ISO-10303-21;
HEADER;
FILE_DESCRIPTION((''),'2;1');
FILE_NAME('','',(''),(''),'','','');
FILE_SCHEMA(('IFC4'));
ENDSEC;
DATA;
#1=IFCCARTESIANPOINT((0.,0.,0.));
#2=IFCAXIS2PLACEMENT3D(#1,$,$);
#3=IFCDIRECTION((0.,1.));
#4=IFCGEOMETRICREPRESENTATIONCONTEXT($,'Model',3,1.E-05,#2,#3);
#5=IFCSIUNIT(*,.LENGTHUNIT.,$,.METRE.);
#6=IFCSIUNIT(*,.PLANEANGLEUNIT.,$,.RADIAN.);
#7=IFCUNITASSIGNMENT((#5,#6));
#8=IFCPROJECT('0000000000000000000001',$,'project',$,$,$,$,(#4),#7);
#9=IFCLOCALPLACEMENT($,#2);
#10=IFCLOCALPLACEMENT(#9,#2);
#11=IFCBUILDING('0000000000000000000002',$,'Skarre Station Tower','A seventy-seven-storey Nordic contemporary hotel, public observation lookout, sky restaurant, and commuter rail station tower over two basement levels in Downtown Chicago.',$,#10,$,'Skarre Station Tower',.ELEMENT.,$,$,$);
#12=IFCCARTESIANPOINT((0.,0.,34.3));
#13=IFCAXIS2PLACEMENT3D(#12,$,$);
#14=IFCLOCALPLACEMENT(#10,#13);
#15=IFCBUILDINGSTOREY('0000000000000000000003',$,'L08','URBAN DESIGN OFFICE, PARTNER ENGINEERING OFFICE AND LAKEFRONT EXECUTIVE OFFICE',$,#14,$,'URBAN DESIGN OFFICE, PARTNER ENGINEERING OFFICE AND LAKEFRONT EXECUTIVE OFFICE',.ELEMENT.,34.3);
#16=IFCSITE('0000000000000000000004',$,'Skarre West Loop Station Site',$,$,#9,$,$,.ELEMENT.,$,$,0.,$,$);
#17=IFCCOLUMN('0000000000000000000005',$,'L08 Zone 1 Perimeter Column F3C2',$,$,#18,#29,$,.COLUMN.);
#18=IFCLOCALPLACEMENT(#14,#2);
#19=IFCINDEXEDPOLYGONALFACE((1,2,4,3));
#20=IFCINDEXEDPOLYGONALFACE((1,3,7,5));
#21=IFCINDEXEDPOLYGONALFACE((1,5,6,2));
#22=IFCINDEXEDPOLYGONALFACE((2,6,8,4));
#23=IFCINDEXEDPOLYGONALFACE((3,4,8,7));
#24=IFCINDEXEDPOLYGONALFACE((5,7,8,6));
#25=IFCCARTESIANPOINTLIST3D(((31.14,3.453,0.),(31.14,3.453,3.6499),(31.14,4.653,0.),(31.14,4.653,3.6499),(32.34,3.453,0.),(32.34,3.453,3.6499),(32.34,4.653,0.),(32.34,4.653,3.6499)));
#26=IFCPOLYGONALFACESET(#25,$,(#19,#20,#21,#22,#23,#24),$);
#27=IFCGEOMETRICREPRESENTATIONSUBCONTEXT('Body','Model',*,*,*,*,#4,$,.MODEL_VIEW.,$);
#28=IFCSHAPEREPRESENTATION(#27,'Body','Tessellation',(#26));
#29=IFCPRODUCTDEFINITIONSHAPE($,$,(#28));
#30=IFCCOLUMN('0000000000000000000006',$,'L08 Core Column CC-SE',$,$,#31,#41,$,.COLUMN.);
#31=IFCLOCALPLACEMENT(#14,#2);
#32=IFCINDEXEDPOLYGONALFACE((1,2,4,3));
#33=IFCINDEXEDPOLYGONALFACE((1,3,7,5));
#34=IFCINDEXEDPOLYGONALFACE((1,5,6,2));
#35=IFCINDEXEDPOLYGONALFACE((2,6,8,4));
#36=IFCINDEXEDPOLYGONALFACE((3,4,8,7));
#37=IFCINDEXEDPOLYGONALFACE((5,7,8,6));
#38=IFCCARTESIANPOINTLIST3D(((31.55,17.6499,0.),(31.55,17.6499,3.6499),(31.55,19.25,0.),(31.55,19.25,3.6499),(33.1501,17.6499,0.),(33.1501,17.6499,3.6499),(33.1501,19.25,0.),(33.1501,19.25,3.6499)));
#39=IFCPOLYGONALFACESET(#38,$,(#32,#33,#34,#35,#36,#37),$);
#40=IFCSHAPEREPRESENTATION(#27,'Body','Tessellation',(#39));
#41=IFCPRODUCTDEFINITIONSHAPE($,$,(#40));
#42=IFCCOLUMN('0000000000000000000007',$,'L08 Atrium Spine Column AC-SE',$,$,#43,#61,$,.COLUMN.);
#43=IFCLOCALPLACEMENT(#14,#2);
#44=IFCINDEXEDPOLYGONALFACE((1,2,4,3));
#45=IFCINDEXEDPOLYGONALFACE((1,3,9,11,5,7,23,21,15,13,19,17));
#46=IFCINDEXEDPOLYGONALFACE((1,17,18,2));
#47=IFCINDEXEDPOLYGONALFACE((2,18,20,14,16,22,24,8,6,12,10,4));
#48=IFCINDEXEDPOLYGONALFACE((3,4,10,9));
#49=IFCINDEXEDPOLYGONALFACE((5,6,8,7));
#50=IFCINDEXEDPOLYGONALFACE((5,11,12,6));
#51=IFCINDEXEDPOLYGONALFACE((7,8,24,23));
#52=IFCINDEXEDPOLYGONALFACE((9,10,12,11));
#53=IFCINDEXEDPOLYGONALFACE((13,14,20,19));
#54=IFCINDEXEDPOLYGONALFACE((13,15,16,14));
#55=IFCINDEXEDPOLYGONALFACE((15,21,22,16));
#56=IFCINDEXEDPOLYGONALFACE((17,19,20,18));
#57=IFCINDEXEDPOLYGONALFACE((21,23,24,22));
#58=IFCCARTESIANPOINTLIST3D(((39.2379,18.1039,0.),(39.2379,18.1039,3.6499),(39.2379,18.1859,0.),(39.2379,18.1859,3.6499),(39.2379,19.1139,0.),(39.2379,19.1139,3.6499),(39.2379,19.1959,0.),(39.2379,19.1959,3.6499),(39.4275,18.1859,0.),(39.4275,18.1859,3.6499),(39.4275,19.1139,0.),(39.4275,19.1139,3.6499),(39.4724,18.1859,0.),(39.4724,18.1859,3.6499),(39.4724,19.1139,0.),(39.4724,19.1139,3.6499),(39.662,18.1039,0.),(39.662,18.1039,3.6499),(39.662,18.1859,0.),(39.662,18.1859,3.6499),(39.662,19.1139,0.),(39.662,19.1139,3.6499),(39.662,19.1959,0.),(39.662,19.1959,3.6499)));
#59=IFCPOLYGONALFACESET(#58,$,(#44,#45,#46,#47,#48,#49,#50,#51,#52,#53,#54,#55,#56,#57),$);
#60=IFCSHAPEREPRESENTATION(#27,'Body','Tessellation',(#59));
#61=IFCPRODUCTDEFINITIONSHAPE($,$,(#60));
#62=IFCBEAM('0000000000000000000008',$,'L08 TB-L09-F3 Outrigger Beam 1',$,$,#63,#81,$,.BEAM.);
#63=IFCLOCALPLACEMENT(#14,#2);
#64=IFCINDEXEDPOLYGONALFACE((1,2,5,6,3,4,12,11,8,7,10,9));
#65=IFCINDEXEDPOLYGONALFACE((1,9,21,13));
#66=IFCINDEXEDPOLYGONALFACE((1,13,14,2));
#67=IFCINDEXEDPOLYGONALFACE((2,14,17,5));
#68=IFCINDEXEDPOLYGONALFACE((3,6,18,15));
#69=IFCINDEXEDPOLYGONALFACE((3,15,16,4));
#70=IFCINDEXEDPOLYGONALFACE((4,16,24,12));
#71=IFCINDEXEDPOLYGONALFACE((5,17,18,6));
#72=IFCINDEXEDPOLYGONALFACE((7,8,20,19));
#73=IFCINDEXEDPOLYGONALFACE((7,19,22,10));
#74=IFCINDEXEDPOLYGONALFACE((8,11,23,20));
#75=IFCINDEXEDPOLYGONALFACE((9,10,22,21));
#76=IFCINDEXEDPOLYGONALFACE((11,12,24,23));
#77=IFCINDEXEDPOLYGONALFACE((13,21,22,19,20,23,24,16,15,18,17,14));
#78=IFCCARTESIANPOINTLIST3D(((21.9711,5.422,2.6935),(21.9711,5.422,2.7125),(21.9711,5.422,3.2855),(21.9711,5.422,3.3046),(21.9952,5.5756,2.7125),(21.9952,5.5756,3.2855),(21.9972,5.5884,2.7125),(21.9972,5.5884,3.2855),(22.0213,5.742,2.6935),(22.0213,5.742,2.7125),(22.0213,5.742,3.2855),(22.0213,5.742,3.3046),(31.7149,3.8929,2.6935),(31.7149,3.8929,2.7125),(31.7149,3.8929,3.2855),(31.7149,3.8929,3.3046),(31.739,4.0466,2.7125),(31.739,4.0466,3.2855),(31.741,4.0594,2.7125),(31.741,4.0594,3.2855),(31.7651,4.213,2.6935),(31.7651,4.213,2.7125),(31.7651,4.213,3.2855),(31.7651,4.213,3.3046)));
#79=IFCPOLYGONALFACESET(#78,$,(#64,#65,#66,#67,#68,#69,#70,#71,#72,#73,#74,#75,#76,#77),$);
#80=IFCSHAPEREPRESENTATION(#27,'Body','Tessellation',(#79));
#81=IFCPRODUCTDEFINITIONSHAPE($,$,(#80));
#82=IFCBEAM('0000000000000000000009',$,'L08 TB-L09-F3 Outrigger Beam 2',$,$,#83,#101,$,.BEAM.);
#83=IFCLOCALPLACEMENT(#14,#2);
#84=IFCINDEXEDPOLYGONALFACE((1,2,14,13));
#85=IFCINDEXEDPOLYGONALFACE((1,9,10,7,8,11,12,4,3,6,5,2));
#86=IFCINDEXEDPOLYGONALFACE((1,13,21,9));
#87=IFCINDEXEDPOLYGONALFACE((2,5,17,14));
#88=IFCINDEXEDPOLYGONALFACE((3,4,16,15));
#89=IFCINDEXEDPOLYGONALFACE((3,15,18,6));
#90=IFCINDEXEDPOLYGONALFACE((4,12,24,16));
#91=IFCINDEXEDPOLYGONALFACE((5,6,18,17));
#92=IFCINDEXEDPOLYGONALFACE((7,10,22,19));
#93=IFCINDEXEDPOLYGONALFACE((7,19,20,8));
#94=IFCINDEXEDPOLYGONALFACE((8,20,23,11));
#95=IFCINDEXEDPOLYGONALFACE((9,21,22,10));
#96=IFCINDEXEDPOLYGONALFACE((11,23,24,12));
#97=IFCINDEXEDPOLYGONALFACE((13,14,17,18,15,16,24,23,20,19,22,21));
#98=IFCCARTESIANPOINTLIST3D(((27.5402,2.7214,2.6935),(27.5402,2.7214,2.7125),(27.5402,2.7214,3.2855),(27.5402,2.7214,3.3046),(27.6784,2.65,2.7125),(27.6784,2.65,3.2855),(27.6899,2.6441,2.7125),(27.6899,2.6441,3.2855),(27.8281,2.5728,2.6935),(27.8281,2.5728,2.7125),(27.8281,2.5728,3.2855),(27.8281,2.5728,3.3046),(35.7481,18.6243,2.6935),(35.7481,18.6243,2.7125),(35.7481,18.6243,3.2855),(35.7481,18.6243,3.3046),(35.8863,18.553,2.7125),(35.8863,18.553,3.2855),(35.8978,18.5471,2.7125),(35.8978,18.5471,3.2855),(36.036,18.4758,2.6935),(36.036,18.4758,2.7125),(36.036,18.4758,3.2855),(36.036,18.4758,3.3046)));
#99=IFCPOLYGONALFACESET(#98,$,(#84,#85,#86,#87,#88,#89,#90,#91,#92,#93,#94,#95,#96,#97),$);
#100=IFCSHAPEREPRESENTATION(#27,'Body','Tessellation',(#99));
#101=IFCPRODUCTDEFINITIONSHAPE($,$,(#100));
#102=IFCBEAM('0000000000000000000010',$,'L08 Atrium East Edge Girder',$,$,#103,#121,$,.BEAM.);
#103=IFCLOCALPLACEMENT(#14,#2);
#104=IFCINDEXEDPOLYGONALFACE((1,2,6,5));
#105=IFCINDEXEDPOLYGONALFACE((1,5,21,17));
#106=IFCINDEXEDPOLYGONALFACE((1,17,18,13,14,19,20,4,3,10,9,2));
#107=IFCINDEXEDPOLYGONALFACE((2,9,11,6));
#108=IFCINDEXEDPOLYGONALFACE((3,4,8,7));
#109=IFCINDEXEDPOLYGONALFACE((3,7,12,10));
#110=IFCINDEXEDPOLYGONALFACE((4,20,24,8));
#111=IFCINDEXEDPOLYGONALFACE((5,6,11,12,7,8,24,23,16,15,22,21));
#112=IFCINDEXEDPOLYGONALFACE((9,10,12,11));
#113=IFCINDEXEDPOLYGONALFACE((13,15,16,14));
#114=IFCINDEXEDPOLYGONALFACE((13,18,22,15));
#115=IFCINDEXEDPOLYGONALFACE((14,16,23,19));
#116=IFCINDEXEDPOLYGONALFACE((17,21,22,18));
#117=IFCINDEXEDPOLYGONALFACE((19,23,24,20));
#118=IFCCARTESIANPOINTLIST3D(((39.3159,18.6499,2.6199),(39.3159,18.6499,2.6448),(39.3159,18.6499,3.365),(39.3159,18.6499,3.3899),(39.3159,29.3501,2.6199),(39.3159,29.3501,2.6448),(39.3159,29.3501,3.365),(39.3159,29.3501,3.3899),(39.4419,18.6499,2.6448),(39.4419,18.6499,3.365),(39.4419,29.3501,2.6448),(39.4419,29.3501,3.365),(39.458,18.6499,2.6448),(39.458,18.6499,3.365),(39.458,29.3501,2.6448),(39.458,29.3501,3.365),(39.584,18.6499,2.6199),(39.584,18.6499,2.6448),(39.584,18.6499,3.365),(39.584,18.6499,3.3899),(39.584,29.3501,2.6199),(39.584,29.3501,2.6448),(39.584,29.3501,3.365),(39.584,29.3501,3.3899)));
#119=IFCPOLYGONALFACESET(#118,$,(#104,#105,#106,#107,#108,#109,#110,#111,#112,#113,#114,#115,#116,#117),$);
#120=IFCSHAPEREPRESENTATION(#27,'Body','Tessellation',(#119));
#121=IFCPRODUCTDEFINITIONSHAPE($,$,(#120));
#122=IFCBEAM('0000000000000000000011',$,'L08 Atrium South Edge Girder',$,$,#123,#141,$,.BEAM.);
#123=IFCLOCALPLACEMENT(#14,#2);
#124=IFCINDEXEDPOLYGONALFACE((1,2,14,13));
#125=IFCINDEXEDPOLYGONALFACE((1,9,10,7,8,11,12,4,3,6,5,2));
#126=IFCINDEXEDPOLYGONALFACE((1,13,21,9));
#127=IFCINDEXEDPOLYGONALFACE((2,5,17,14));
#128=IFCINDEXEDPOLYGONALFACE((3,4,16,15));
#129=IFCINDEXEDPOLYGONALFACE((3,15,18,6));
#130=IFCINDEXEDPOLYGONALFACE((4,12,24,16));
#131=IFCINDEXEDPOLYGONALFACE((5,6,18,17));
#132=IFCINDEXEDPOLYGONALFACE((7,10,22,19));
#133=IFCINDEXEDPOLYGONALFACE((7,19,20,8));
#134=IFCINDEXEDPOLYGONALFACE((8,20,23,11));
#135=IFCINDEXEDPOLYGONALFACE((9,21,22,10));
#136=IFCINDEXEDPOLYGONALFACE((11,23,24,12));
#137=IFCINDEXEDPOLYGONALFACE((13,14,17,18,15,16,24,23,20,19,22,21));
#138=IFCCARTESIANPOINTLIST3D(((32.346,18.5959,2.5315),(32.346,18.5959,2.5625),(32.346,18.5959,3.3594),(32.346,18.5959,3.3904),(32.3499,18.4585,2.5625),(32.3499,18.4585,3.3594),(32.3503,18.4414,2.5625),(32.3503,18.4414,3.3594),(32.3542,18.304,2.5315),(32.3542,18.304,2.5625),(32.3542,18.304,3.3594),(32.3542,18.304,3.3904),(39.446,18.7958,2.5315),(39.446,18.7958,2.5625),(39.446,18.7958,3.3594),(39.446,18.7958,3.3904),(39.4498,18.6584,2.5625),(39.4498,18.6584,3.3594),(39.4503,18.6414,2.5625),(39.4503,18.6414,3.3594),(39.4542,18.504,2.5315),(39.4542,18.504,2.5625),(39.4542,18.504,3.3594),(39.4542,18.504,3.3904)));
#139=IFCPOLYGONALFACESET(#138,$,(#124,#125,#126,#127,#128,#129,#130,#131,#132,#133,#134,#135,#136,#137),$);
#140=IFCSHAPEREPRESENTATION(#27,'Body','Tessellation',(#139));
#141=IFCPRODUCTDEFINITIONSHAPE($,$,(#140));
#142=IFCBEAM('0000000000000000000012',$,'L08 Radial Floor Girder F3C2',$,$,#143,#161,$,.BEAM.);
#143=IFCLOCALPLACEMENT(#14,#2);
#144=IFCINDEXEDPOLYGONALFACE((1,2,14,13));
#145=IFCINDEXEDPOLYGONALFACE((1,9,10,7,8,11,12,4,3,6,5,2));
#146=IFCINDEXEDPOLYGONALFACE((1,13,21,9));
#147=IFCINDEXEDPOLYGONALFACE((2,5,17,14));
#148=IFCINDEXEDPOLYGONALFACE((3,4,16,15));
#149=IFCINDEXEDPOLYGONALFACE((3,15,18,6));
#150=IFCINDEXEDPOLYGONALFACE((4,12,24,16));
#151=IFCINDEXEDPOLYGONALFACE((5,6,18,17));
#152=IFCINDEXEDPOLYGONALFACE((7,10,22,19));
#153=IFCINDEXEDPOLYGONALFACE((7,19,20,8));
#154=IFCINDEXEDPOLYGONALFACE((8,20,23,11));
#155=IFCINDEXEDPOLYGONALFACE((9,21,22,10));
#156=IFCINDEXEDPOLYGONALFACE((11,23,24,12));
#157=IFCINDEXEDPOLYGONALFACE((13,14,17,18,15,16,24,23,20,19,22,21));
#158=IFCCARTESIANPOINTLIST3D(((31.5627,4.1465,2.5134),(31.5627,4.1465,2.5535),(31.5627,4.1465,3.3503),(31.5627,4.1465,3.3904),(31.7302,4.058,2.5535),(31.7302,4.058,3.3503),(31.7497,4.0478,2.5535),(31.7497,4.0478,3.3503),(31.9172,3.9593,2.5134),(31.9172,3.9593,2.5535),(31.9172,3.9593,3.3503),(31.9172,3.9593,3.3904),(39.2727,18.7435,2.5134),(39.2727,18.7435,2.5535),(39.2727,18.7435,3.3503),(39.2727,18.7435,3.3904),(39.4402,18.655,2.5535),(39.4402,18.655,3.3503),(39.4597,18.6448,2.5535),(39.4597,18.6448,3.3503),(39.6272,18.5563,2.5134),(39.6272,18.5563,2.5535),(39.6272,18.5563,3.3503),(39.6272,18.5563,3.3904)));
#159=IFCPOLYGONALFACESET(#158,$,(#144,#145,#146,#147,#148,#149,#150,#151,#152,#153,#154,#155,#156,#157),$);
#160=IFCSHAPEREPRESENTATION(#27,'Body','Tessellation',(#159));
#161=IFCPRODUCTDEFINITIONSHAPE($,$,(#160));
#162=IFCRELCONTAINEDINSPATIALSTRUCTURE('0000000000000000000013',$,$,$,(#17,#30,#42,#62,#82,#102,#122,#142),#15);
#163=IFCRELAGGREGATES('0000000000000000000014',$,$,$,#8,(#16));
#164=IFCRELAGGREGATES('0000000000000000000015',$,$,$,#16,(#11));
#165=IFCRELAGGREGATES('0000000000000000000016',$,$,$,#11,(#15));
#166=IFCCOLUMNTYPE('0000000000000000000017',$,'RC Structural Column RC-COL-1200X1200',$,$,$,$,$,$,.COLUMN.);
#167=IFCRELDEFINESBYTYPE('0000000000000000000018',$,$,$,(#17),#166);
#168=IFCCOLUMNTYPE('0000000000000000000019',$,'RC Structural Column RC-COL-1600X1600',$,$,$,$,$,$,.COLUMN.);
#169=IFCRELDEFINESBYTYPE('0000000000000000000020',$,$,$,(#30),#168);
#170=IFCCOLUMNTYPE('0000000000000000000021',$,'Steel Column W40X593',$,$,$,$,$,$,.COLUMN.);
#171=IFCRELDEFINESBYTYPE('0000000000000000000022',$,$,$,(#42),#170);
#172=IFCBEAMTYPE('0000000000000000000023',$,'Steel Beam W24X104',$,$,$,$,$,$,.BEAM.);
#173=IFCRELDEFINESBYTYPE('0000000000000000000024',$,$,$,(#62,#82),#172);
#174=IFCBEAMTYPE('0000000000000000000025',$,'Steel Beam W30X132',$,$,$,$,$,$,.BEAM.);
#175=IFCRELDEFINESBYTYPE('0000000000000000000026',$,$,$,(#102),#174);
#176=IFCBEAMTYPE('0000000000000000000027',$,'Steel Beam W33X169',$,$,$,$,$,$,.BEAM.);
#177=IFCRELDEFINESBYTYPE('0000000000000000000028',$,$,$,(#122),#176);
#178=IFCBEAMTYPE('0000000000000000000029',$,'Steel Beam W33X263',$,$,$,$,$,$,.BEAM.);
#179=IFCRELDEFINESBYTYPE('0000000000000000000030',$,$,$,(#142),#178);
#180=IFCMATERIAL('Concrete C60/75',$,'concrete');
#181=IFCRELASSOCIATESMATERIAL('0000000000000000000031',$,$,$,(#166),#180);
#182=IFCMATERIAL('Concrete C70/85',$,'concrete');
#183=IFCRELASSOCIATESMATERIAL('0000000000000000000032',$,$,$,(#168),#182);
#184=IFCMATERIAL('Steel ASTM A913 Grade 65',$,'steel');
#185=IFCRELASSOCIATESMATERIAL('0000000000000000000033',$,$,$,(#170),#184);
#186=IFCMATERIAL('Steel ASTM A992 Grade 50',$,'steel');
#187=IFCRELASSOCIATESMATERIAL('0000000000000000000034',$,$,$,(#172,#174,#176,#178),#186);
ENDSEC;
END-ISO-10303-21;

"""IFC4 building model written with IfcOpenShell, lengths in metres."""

from ifc_helpers import new_model, si_unit, direction, frame, origin, origin_2d, place, context, subcontext, project, spatial, rectangle, i_section, extrude, material, material_profile, profile_set, type_object, element, save


model = new_model("IFC4")

# Units and contexts
model_context = context("Model", 3, precision=1e-05, world=origin(), true_north=direction((0.0, 1.0)))
body_context = subcontext(model_context, "Body", "Model", "MODEL_VIEW")
ifc_project = project(units=[si_unit("LENGTHUNIT", "METRE"), si_unit("PLANEANGLEUNIT", "RADIAN")], contexts=[model_context])

# Site, building, storey
site_placement = place(None, origin())
site = spatial("IfcSite", under=ifc_project, at=site_placement, Name="Skarre West Loop Station Site", CompositionType="ELEMENT", RefElevation=0.0)
building_placement = place(site_placement, origin())
building = spatial("IfcBuilding", under=site, at=building_placement, Name="Skarre Station Tower", Description="A seventy-seven-storey Nordic contemporary hotel, public observation lookout, sky restaurant, and commuter rail station tower over two basement levels in Downtown Chicago.", LongName="Skarre Station Tower", CompositionType="ELEMENT")
storey_placement = place(building_placement, frame((0.0, 0.0, 34.3)))
storey = spatial("IfcBuildingStorey", under=building, at=storey_placement, Name="L08", Description="URBAN DESIGN OFFICE, PARTNER ENGINEERING OFFICE AND LAKEFRONT EXECUTIVE OFFICE", LongName="URBAN DESIGN OFFICE, PARTNER ENGINEERING OFFICE AND LAKEFRONT EXECUTIVE OFFICE", CompositionType="ELEMENT", Elevation=34.3)

# Columns
ifc_material_1 = material(Name="Concrete C60/75", Category="concrete")
ifc_material_profile_1 = material_profile(ifc_material_1, rectangle(XDim=1.2, YDim=1.2, at=origin_2d()), Name="Concrete C60/75")
ifc_profile_set_1 = profile_set([ifc_material_profile_1], Name="Concrete C60/75")
column_type_1 = type_object("IfcColumnType", Name="RC Structural Column RC-COL-1200X1200", PredefinedType="COLUMN", material=ifc_profile_set_1)
column_1_placement = place(storey_placement, frame((31.74, 4.053, 0.0), z_axis=(0.0, 0.0, 1.0), x_axis=(1.0, 0.0, 0.0)))
element("IfcColumn", 1, at=column_1_placement, inside=storey, type_object=column_type_1, Name="L08 Zone 1 Perimeter Column F3C2", PredefinedType="COLUMN", context=body_context, shape_type="SweptSolid", body=[
    extrude(rectangle(XDim=1.2, YDim=1.2, at=origin_2d()), origin(), (0.0, 0.0, 1.0), 3.6499),
])
ifc_material_2 = material(Name="Concrete C70/85", Category="concrete")
ifc_material_profile_2 = material_profile(ifc_material_2, rectangle(XDim=1.6001, YDim=1.6001, at=origin_2d()), Name="Concrete C70/85")
ifc_profile_set_2 = profile_set([ifc_material_profile_2], Name="Concrete C70/85")
column_type_2 = type_object("IfcColumnType", Name="RC Structural Column RC-COL-1600X1600", PredefinedType="COLUMN", material=ifc_profile_set_2)
column_2_placement = place(storey_placement, frame((32.3501, 18.45, 0.0), z_axis=(0.0, 0.0, 1.0), x_axis=(1.0, 0.0, 0.0)))
element("IfcColumn", 2, at=column_2_placement, inside=storey, type_object=column_type_2, Name="L08 Core Column CC-SE", PredefinedType="COLUMN", context=body_context, shape_type="SweptSolid", body=[
    extrude(rectangle(XDim=1.6001, YDim=1.6001, at=origin_2d()), origin(), (0.0, 0.0, 1.0), 3.6499),
])
ifc_material_3 = material(Name="Steel ASTM A913 Grade 65", Category="steel")
ifc_material_profile_3 = material_profile(ifc_material_3, i_section(OverallWidth=0.4241, OverallDepth=1.092, WebThickness=0.0449, FlangeThickness=0.082, at=origin_2d()), Name="Steel ASTM A913 Grade 65")
ifc_profile_set_3 = profile_set([ifc_material_profile_3], Name="Steel ASTM A913 Grade 65")
column_type_3 = type_object("IfcColumnType", Name="Steel Column W40X593", PredefinedType="COLUMN", material=ifc_profile_set_3)
column_3_placement = place(storey_placement, frame((39.45, 18.6499, 0.0), z_axis=(0.0, 0.0, 1.0), x_axis=(1.0, 0.0, 0.0)))
element("IfcColumn", 3, at=column_3_placement, inside=storey, type_object=column_type_3, Name="L08 Atrium Spine Column AC-SE", PredefinedType="COLUMN", context=body_context, shape_type="SweptSolid", body=[
    extrude(i_section(OverallWidth=0.4241, OverallDepth=1.092, WebThickness=0.0449, FlangeThickness=0.082, at=origin_2d()), origin(), (0.0, 0.0, 1.0), 3.6499),
])

# Beams
ifc_material_4 = material(Name="Steel ASTM A992 Grade 50", Category="steel")
ifc_material_profile_4 = material_profile(ifc_material_4, i_section(OverallWidth=0.324, OverallDepth=0.6111, WebThickness=0.0129, FlangeThickness=0.019, at=origin_2d()), Name="Steel ASTM A992 Grade 50")
ifc_profile_set_4 = profile_set([ifc_material_profile_4], Name="Steel ASTM A992 Grade 50")
beam_type_1 = type_object("IfcBeamType", Name="Steel Beam W24X104", PredefinedType="BEAM", material=ifc_profile_set_4)
beam_1_placement = place(storey_placement, frame((31.74, 4.053, 2.999), z_axis=(-0.98791, 0.155027, 0.0), x_axis=(-0.155027, -0.98791, 0.0)))
element("IfcBeam", 4, at=beam_1_placement, inside=storey, type_object=beam_type_1, Name="L08 TB-L09-F3 Outrigger Beam 1", PredefinedType="BEAM", context=body_context, shape_type="SweptSolid", body=[
    extrude(i_section(OverallWidth=0.324, OverallDepth=0.6111, WebThickness=0.0129, FlangeThickness=0.019, at=origin_2d()), origin(), (0.0, 0.0, 1.0), 9.863),
])
beam_2_placement = place(storey_placement, frame((35.8921, 18.55, 2.999), z_axis=(-0.458642, -0.888621, 0.0), x_axis=(0.888621, -0.458642, 0.0)))
element("IfcBeam", 5, at=beam_2_placement, inside=storey, type_object=beam_type_1, Name="L08 TB-L09-F3 Outrigger Beam 2", PredefinedType="BEAM", context=body_context, shape_type="SweptSolid", body=[
    extrude(i_section(OverallWidth=0.324, OverallDepth=0.6111, WebThickness=0.0129, FlangeThickness=0.019, at=origin_2d()), origin(), (0.0, 0.0, 1.0), 17.8962),
])
ifc_material_profile_5 = material_profile(ifc_material_4, i_section(OverallWidth=0.2681, OverallDepth=0.77, WebThickness=0.0161, FlangeThickness=0.0249, at=origin_2d()), Name="Steel ASTM A992 Grade 50")
ifc_profile_set_5 = profile_set([ifc_material_profile_5], Name="Steel ASTM A992 Grade 50")
beam_type_2 = type_object("IfcBeamType", Name="Steel Beam W30X132", PredefinedType="BEAM", material=ifc_profile_set_5)
beam_3_placement = place(storey_placement, frame((39.45, 18.6499, 3.0049), z_axis=(0.0, 1.0, 0.0), x_axis=(-1.0, 0.0, 0.0)))
element("IfcBeam", 6, at=beam_3_placement, inside=storey, type_object=beam_type_2, Name="L08 Atrium East Edge Girder", PredefinedType="BEAM", context=body_context, shape_type="SweptSolid", body=[
    extrude(i_section(OverallWidth=0.2681, OverallDepth=0.77, WebThickness=0.0161, FlangeThickness=0.0249, at=origin_2d()), origin(), (0.0, 0.0, 1.0), 10.7002),
])
ifc_material_profile_6 = material_profile(ifc_material_4, i_section(OverallWidth=0.292, OverallDepth=0.8589, WebThickness=0.0171, FlangeThickness=0.031, at=origin_2d()), Name="Steel ASTM A992 Grade 50")
ifc_profile_set_6 = profile_set([ifc_material_profile_6], Name="Steel ASTM A992 Grade 50")
beam_type_3 = type_object("IfcBeamType", Name="Steel Beam W33X169", PredefinedType="BEAM", material=ifc_profile_set_6)
beam_4_placement = place(storey_placement, frame((32.3501, 18.45, 2.9609), z_axis=(0.999604, 0.028152, 0.0), x_axis=(-0.028152, 0.999604, 0.0)))
element("IfcBeam", 7, at=beam_4_placement, inside=storey, type_object=beam_type_3, Name="L08 Atrium South Edge Girder", PredefinedType="BEAM", context=body_context, shape_type="SweptSolid", body=[
    extrude(i_section(OverallWidth=0.292, OverallDepth=0.8589, WebThickness=0.0171, FlangeThickness=0.031, at=origin_2d()), origin(), (0.0, 0.0, 1.0), 7.1028),
])
ifc_material_profile_7 = material_profile(ifc_material_4, i_section(OverallWidth=0.4009, OverallDepth=0.877, WebThickness=0.022, FlangeThickness=0.04, at=origin_2d()), Name="Steel ASTM A992 Grade 50")
ifc_profile_set_7 = profile_set([ifc_material_profile_7], Name="Steel ASTM A992 Grade 50")
beam_type_4 = type_object("IfcBeamType", Name="Steel Beam W33X263", PredefinedType="BEAM", material=ifc_profile_set_7)
beam_5_placement = place(storey_placement, frame((39.45, 18.6499, 2.9519), z_axis=(-0.467044, -0.884234, 0.0), x_axis=(0.884234, -0.467044, 0.0)))
element("IfcBeam", 8, at=beam_5_placement, inside=storey, type_object=beam_type_4, Name="L08 Radial Floor Girder F3C2", PredefinedType="BEAM", context=body_context, shape_type="SweptSolid", body=[
    extrude(i_section(OverallWidth=0.4009, OverallDepth=0.877, WebThickness=0.022, FlangeThickness=0.04, at=origin_2d()), origin(), (0.0, 0.0, 1.0), 16.5081),
])

save(model, "model.ifc")
